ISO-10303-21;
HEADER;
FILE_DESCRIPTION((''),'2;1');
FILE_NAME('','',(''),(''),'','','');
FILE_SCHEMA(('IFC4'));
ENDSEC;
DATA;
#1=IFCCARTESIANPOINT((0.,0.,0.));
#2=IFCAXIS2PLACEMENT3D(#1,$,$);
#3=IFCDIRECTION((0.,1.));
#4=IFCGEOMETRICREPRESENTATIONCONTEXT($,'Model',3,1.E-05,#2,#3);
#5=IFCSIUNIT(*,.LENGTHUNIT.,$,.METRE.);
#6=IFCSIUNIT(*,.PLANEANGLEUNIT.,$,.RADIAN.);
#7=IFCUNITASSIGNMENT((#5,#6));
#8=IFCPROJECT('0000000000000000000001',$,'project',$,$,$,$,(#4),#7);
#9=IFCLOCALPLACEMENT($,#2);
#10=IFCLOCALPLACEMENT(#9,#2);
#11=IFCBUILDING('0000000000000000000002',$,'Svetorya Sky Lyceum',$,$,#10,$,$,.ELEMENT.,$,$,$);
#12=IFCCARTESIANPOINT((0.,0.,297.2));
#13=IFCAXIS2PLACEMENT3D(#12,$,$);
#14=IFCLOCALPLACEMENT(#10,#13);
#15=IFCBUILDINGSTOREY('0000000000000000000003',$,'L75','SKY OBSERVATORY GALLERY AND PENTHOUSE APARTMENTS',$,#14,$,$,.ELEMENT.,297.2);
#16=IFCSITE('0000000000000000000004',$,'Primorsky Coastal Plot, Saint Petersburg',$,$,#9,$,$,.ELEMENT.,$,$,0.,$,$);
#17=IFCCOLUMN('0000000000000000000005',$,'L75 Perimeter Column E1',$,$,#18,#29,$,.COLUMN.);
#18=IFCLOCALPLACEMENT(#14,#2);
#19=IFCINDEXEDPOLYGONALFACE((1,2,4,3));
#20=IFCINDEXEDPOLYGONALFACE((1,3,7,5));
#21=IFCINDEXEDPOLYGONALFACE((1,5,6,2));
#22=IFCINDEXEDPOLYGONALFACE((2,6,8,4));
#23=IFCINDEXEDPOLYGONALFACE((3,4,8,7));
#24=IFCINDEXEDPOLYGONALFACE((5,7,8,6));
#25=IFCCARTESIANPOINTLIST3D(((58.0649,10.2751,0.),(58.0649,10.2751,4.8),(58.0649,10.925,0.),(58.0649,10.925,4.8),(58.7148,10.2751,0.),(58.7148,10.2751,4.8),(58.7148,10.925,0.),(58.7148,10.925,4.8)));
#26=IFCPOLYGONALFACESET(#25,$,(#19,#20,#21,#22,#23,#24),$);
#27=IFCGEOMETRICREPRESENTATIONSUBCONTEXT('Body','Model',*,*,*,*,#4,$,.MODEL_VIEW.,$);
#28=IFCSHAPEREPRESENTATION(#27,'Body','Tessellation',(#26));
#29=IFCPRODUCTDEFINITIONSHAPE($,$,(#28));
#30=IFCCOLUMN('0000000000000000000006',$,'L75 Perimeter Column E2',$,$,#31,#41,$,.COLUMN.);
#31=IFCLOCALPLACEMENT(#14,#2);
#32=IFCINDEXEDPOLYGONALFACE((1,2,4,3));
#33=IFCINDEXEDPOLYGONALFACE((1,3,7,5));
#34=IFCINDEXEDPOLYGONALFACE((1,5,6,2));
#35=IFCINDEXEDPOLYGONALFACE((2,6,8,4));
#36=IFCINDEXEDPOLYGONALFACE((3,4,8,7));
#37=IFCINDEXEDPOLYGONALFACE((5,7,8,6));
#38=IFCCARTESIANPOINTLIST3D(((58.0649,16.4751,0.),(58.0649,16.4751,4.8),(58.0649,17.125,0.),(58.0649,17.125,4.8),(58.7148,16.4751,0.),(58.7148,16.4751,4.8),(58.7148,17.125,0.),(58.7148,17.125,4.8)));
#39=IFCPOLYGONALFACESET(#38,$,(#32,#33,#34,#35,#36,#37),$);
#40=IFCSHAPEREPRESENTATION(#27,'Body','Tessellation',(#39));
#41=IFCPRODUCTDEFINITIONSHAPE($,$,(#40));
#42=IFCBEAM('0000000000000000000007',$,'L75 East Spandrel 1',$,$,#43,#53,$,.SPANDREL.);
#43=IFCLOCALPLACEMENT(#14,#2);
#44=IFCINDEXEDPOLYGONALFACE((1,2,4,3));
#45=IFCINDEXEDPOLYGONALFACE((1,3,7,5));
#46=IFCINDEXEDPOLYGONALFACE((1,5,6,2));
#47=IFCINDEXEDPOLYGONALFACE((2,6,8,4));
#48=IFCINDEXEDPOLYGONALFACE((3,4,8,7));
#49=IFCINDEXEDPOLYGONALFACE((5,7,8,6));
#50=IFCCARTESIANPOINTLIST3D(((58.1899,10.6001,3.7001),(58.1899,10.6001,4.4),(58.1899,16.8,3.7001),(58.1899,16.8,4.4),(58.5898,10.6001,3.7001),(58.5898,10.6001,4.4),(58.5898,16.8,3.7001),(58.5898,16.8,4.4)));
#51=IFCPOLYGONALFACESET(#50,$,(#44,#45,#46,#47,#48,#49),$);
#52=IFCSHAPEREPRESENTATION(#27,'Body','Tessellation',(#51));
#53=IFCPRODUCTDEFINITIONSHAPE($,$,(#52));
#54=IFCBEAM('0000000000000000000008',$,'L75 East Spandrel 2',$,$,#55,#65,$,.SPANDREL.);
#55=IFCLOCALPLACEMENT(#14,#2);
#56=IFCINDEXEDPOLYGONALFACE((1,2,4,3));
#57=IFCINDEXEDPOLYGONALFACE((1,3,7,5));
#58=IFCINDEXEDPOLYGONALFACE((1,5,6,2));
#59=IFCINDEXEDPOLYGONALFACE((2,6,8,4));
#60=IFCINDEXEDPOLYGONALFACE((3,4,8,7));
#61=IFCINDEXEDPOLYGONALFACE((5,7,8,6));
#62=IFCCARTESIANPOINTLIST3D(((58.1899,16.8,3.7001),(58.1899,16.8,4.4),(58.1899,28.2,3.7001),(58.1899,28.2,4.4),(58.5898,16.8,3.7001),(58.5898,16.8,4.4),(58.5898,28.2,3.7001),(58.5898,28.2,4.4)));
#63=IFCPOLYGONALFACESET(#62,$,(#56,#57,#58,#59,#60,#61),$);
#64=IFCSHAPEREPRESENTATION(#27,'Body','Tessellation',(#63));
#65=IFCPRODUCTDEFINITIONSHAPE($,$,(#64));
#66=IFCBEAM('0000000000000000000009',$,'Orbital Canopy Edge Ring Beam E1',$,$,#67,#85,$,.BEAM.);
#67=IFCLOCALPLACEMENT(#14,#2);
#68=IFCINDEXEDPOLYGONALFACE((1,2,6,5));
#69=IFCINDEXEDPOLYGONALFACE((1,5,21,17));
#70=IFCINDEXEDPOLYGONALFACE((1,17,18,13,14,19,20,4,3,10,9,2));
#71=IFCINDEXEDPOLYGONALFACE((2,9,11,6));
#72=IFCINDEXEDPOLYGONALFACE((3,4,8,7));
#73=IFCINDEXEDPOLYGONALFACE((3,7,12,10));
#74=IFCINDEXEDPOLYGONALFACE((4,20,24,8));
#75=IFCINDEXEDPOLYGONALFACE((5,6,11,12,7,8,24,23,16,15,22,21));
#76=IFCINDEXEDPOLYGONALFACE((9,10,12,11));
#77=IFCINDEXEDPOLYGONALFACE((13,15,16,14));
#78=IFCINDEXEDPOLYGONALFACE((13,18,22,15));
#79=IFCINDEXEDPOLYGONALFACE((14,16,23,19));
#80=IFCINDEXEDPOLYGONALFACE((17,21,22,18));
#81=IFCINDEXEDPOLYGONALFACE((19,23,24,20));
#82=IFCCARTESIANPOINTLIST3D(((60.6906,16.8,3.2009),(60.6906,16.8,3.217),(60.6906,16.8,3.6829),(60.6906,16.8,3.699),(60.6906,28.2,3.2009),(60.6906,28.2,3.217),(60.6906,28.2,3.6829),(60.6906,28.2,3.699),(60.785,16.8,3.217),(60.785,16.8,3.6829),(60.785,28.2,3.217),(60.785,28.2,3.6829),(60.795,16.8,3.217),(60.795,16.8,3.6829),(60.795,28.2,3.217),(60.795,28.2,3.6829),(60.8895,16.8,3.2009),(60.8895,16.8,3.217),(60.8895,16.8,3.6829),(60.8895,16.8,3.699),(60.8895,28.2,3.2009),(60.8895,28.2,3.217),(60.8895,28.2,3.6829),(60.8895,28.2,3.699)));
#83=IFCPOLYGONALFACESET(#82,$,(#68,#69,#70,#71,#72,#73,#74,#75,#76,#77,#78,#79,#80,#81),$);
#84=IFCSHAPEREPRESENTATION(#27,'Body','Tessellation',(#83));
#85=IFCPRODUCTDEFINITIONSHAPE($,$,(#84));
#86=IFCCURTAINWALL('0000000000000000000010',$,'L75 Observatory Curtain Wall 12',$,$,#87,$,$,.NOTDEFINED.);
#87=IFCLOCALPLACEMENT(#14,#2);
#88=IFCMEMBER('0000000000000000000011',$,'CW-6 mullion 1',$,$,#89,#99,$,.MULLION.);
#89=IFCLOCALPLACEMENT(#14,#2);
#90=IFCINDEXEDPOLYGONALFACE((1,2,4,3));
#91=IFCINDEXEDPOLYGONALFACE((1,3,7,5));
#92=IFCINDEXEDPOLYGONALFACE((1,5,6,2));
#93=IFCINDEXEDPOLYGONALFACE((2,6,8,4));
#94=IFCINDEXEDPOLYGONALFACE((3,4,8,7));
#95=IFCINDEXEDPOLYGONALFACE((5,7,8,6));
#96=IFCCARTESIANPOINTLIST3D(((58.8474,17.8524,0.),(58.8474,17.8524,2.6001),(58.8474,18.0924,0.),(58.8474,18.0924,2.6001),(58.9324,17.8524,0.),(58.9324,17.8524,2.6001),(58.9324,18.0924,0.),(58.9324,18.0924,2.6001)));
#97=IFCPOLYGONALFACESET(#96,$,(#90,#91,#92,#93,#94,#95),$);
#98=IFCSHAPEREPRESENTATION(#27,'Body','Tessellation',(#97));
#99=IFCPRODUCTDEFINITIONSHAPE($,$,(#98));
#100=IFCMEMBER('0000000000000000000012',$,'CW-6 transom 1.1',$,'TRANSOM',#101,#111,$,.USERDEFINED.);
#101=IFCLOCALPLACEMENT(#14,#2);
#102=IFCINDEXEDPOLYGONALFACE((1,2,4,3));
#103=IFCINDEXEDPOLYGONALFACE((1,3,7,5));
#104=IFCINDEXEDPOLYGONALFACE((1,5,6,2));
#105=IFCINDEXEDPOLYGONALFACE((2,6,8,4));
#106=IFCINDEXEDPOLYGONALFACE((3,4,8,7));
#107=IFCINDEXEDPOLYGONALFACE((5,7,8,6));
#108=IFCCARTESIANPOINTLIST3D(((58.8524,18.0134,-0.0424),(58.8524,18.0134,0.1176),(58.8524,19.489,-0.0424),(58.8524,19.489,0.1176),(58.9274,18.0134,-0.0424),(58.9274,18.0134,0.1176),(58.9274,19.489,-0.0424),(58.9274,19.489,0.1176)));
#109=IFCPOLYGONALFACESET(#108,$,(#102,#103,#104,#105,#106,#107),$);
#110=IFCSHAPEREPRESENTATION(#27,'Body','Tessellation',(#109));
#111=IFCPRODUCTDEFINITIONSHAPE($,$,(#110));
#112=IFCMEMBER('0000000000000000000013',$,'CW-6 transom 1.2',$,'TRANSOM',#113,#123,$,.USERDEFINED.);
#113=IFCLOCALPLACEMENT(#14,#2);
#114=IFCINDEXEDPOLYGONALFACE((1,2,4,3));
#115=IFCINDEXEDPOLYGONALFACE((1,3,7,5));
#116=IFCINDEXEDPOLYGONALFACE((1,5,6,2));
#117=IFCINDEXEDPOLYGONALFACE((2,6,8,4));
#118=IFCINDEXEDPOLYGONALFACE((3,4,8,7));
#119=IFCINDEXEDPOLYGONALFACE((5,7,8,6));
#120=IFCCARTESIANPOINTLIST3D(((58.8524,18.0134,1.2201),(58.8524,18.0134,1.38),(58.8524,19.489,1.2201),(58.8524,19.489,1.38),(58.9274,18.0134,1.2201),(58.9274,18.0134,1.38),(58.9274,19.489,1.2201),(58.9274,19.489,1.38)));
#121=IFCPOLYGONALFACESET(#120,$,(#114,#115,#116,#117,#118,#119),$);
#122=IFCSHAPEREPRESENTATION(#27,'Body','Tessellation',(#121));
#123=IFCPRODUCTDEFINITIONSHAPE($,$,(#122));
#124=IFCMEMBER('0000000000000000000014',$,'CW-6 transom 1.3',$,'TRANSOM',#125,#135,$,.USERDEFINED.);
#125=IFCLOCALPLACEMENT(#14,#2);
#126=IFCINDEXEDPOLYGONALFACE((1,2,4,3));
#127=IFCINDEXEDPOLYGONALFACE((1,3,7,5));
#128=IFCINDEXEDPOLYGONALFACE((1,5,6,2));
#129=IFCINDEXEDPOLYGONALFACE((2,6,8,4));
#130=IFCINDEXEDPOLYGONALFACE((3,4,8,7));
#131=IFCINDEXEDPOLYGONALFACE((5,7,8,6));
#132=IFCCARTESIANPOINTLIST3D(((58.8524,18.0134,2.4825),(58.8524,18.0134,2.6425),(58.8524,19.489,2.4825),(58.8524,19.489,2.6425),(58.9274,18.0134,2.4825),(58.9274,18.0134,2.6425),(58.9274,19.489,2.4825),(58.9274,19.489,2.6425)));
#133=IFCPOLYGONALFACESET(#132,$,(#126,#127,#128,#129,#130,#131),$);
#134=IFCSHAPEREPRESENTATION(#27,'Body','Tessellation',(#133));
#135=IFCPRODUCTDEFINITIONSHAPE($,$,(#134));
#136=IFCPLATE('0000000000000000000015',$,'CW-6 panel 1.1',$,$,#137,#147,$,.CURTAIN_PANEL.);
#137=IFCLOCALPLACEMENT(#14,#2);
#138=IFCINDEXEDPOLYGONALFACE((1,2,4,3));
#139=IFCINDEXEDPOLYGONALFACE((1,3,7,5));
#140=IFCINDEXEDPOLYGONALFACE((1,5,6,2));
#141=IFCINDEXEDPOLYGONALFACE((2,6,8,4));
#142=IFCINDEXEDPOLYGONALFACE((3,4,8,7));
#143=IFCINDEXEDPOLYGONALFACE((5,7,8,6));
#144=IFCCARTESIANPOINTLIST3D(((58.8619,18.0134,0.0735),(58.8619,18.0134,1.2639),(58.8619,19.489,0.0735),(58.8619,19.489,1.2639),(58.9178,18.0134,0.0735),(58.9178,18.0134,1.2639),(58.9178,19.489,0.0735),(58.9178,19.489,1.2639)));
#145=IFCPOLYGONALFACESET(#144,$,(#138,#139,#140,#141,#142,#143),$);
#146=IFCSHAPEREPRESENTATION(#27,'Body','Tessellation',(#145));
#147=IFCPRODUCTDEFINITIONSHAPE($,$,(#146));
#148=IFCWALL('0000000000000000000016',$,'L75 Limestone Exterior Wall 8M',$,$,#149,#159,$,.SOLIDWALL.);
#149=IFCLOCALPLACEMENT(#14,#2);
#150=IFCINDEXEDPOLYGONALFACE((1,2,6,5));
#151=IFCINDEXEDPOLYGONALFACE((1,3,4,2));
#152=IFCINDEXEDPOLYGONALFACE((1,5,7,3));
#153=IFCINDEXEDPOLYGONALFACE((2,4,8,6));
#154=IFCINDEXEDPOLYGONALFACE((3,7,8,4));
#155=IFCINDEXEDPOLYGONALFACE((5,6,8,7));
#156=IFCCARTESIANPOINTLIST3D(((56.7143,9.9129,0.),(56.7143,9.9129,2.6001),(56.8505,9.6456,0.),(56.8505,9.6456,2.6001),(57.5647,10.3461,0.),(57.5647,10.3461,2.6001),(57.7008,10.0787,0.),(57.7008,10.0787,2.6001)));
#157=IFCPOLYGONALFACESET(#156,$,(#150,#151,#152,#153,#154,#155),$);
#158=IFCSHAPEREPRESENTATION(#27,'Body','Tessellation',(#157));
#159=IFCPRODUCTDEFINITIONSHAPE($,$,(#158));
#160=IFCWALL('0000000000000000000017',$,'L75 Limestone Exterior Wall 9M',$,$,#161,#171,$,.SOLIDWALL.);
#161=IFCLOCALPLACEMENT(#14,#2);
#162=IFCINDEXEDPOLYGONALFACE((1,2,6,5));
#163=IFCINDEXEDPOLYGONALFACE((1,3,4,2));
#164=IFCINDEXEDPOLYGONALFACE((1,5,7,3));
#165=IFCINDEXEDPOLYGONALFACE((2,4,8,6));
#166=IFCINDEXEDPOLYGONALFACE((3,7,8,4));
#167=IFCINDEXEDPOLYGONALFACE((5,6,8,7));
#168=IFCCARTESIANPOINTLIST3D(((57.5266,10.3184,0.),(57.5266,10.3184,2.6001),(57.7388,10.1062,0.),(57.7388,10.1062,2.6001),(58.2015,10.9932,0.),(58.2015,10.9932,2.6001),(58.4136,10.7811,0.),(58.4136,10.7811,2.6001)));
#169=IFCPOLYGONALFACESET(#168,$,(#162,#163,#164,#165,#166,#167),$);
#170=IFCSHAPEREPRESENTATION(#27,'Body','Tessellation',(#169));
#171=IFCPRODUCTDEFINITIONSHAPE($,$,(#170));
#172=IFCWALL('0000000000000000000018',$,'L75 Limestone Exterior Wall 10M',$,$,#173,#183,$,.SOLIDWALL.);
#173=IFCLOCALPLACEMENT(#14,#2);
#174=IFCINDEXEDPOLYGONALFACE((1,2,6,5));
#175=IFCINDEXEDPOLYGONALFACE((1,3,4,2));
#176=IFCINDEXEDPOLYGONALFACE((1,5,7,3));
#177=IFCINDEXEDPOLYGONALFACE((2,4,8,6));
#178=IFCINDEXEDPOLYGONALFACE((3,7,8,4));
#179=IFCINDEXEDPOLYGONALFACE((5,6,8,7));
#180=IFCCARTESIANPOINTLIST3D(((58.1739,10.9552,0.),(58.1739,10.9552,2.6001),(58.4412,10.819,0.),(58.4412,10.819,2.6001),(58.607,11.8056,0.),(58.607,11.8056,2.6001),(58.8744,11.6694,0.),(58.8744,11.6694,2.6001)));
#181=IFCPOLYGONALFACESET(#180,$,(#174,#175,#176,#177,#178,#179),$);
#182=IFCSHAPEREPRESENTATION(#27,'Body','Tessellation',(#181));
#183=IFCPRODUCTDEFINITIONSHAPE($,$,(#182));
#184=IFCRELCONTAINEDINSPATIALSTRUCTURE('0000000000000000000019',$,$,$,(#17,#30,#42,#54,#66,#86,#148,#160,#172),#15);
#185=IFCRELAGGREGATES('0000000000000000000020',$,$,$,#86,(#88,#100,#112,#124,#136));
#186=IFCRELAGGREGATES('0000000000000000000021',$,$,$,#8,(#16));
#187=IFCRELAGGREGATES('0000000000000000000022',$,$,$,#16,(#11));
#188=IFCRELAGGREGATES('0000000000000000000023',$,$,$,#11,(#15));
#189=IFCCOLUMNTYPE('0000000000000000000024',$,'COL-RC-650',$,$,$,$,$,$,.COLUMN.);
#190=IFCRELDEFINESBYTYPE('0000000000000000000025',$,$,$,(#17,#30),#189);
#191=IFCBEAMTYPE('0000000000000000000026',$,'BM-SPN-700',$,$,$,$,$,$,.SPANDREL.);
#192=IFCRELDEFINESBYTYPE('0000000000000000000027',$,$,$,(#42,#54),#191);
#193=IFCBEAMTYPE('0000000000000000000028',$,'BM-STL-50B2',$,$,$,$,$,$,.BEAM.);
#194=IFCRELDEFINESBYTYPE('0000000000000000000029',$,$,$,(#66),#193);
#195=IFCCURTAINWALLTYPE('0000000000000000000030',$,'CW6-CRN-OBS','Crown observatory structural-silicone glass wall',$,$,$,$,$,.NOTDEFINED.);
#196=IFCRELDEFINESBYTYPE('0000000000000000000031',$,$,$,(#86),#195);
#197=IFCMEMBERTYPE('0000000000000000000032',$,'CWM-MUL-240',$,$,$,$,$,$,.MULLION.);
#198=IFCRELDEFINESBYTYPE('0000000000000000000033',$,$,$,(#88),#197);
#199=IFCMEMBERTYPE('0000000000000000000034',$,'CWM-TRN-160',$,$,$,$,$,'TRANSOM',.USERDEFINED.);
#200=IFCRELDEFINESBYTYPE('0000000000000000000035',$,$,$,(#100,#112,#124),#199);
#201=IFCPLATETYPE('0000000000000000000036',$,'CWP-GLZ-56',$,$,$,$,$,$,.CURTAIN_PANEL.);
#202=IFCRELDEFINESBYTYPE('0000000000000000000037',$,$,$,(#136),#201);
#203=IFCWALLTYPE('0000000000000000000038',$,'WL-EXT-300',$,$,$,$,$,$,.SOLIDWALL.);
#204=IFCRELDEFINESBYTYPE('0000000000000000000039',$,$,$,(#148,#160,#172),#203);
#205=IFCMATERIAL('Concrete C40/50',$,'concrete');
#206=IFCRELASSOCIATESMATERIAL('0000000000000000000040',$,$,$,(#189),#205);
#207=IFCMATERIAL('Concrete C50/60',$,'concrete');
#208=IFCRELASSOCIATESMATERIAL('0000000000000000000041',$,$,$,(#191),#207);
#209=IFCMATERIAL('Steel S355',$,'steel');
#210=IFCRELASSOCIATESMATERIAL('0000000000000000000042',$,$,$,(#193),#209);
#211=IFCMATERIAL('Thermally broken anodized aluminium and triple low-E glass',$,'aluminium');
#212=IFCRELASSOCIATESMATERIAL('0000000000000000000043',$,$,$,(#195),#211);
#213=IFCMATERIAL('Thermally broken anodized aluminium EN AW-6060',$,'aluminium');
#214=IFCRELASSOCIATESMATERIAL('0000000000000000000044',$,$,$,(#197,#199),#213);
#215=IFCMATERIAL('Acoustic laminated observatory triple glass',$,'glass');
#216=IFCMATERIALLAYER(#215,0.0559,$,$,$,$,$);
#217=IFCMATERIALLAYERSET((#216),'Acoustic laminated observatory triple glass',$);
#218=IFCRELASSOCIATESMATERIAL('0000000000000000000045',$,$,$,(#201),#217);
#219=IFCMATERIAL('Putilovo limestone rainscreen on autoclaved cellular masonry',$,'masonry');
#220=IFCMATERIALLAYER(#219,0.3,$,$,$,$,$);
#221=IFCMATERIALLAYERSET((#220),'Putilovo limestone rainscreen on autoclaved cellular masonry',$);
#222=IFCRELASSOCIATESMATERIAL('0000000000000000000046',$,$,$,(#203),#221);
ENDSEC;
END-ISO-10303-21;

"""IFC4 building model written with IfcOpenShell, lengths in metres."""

from ifc_helpers import new_model, si_unit, direction, frame, frame_2d, origin, origin_2d, place, context, subcontext, project, spatial, rectangle, i_section, extrude, material, layer, layer_set, material_profile, profile_set, type_object, element, aggregate, save


model = new_model("IFC4")

# Units and contexts
model_context = context("Model", 3, precision=1e-05, world=origin(), true_north=direction((0.0, 1.0)))
body_context = subcontext(model_context, "Body", "Model", "MODEL_VIEW")
ifc_project = project(units=[si_unit("LENGTHUNIT", "METRE"), si_unit("PLANEANGLEUNIT", "RADIAN")], contexts=[model_context])

# Site, building, storey
site_placement = place(None, origin())
site = spatial("IfcSite", under=ifc_project, at=site_placement, Name="Primorsky Coastal Plot, Saint Petersburg", CompositionType="ELEMENT", RefElevation=0.0)
building_placement = place(site_placement, origin())
building = spatial("IfcBuilding", under=site, at=building_placement, Name="Svetorya Sky Lyceum", CompositionType="ELEMENT")
storey_placement = place(building_placement, frame((0.0, 0.0, 297.2)))
storey = spatial("IfcBuildingStorey", under=building, at=storey_placement, Name="L75", Description="SKY OBSERVATORY GALLERY AND PENTHOUSE APARTMENTS", CompositionType="ELEMENT", Elevation=297.2)

# Columns
ifc_material_1 = material(Name="Concrete C40/50", Category="concrete")
ifc_material_profile_1 = material_profile(ifc_material_1, rectangle(XDim=0.6499, YDim=0.6499, at=origin_2d()), Name="RC COL 650x650")
ifc_profile_set_1 = profile_set([ifc_material_profile_1], Name="Concrete C40/50")
column_type = type_object("IfcColumnType", Name="COL-RC-650", PredefinedType="COLUMN", material=ifc_profile_set_1)
for number, where, z_axis, x_axis, name in (
    (1, (58.3899, 10.6001, 0.0), (0.0, 0.0, 1.0), (1.0, 0.0, 0.0), "L75 Perimeter Column E1"),
    (2, (58.3899, 16.8, 0.0), (0.0, 0.0, 1.0), (1.0, 0.0, 0.0), "L75 Perimeter Column E2"),
):
    element("IfcColumn", number, at=place(storey_placement, frame(where, z_axis=z_axis, x_axis=x_axis)), inside=storey, type_object=column_type, Name=name, PredefinedType="COLUMN", context=body_context, shape_type="SweptSolid", body=[
        extrude(rectangle(XDim=0.6499, YDim=0.6499, at=origin_2d()), origin(), (0.0, 0.0, 1.0), 4.8),
    ])

# Beams
ifc_material_2 = material(Name="Concrete C50/60", Category="concrete")
ifc_material_profile_2 = material_profile(ifc_material_2, rectangle(XDim=0.3999, YDim=0.7, at=origin_2d()), Name="RC SPANDREL 400x700")
ifc_profile_set_2 = profile_set([ifc_material_profile_2], Name="Concrete C50/60")
beam_type_1 = type_object("IfcBeamType", Name="BM-SPN-700", PredefinedType="SPANDREL", material=ifc_profile_set_2)
beam_1_placement = place(storey_placement, frame((58.3899, 10.6001, 4.05), z_axis=(0.0, 1.0, 0.0), x_axis=(-1.0, 0.0, 0.0)))
element("IfcBeam", 3, at=beam_1_placement, inside=storey, type_object=beam_type_1, Name="L75 East Spandrel 1", PredefinedType="SPANDREL", context=body_context, shape_type="SweptSolid", body=[
    extrude(rectangle(XDim=0.3999, YDim=0.7, at=origin_2d()), origin(), (0.0, 0.0, 1.0), 6.2),
])
beam_2_placement = place(storey_placement, frame((58.3899, 16.8, 4.05), z_axis=(0.0, 1.0, 0.0), x_axis=(-1.0, 0.0, 0.0)))
element("IfcBeam", 4, at=beam_2_placement, inside=storey, type_object=beam_type_1, Name="L75 East Spandrel 2", PredefinedType="SPANDREL", context=body_context, shape_type="SweptSolid", body=[
    extrude(rectangle(XDim=0.3999, YDim=0.7, at=origin_2d()), origin(), (0.0, 0.0, 1.0), 11.3999),
])
ifc_material_3 = material(Name="Steel S355", Category="steel")
ifc_material_profile_3 = material_profile(ifc_material_3, i_section(OverallWidth=0.199, OverallDepth=0.498, WebThickness=0.01, FlangeThickness=0.0161, at=origin_2d()), Name="GOST 50B2")
ifc_profile_set_3 = profile_set([ifc_material_profile_3], Name="Steel S355")
beam_type_2 = type_object("IfcBeamType", Name="BM-STL-50B2", PredefinedType="BEAM", material=ifc_profile_set_3)
beam_3_placement = place(storey_placement, frame((60.79, 16.8, 3.45), z_axis=(0.0, 1.0, 0.0), x_axis=(-1.0, 0.0, 0.0)))
element("IfcBeam", 5, at=beam_3_placement, inside=storey, type_object=beam_type_2, Name="Orbital Canopy Edge Ring Beam E1", PredefinedType="BEAM", context=body_context, shape_type="SweptSolid", body=[
    extrude(i_section(OverallWidth=0.199, OverallDepth=0.498, WebThickness=0.01, FlangeThickness=0.0161, at=origin_2d()), origin(), (0.0, 0.0, 1.0), 11.3999),
])

# Curtain wall, members, plate
ifc_material_4 = material(Name="Thermally broken anodized aluminium and triple low-E glass", Category="aluminium")
curtain_wall_type = type_object("IfcCurtainWallType", Name="CW6-CRN-OBS", Description="Crown observatory structural-silicone glass wall", PredefinedType="NOTDEFINED", material=ifc_material_4)
curtain_wall_placement = place(storey_placement, origin())
curtain_wall = element("IfcCurtainWall", 6, at=curtain_wall_placement, inside=storey, type_object=curtain_wall_type, Name="L75 Observatory Curtain Wall 12", PredefinedType="NOTDEFINED")
ifc_material_5 = material(Name="Thermally broken anodized aluminium EN AW-6060", Category="aluminium")
ifc_material_profile_4 = material_profile(ifc_material_5, rectangle(XDim=0.085, YDim=0.24, at=origin_2d()), Name="ALU MULLION 85x240")
ifc_profile_set_4 = profile_set([ifc_material_profile_4], Name="Thermally broken anodized aluminium EN AW-6060")
member_type_1 = type_object("IfcMemberType", Name="CWM-MUL-240", PredefinedType="MULLION", material=ifc_profile_set_4)
member_1_placement = place(storey_placement, frame((58.8899, 17.9724, 0.0), z_axis=(0.0, 0.0, 1.0), x_axis=(-1.0, 0.0, 0.0)))
member_1 = element("IfcMember", 7, at=member_1_placement, type_object=member_type_1, Name="CW-6 mullion 1", PredefinedType="MULLION", context=body_context, shape_type="SweptSolid", body=[
    extrude(rectangle(XDim=0.085, YDim=0.24, at=origin_2d()), origin(), (0.0, 0.0, 1.0), 2.6001),
])
ifc_material_profile_5 = material_profile(ifc_material_5, rectangle(XDim=0.075, YDim=0.1599, at=origin_2d()), Name="ALU TRANSOM 75x160")
ifc_profile_set_5 = profile_set([ifc_material_profile_5], Name="Thermally broken anodized aluminium EN AW-6060")
member_type_2 = type_object("IfcMemberType", Name="CWM-TRN-160", ElementType="TRANSOM", PredefinedType="USERDEFINED", material=ifc_profile_set_5)
member_2_placement = place(storey_placement, frame((58.8899, 18.0134, 0.0376), z_axis=(0.0, 1.0, 0.0), x_axis=(-1.0, 0.0, 0.0)))
member_2 = element("IfcMember", 8, at=member_2_placement, type_object=member_type_2, Name="CW-6 transom 1.1", ObjectType="TRANSOM", PredefinedType="USERDEFINED", context=body_context, shape_type="SweptSolid", body=[
    extrude(rectangle(XDim=0.075, YDim=0.1599, at=origin_2d()), origin(), (0.0, 0.0, 1.0), 1.4756),
])
member_3_placement = place(storey_placement, frame((58.8899, 18.0134, 1.3), z_axis=(0.0, 1.0, 0.0), x_axis=(-1.0, 0.0, 0.0)))
member_3 = element("IfcMember", 9, at=member_3_placement, type_object=member_type_2, Name="CW-6 transom 1.2", ObjectType="TRANSOM", PredefinedType="USERDEFINED", context=body_context, shape_type="SweptSolid", body=[
    extrude(rectangle(XDim=0.075, YDim=0.1599, at=origin_2d()), origin(), (0.0, 0.0, 1.0), 1.4756),
])
member_4_placement = place(storey_placement, frame((58.8899, 18.0134, 2.5625), z_axis=(0.0, 1.0, 0.0), x_axis=(-1.0, 0.0, 0.0)))
member_4 = element("IfcMember", 10, at=member_4_placement, type_object=member_type_2, Name="CW-6 transom 1.3", ObjectType="TRANSOM", PredefinedType="USERDEFINED", context=body_context, shape_type="SweptSolid", body=[
    extrude(rectangle(XDim=0.075, YDim=0.1599, at=origin_2d()), origin(), (0.0, 0.0, 1.0), 1.4756),
])
ifc_material_6 = material(Name="Acoustic laminated observatory triple glass", Category="glass")
ifc_layer_1 = layer(ifc_material_6, 0.0559)
ifc_layer_set_1 = layer_set([ifc_layer_1], Name="Acoustic laminated observatory triple glass")
plate_type = type_object("IfcPlateType", Name="CWP-GLZ-56", PredefinedType="CURTAIN_PANEL", material=ifc_layer_set_1)
plate_placement = place(storey_placement, frame((58.8899, 18.7512, 0.0735), z_axis=(0.0, 0.0, 1.0), x_axis=(0.0, 1.0, 0.0)))
plate = element("IfcPlate", 11, at=plate_placement, type_object=plate_type, Name="CW-6 panel 1.1", PredefinedType="CURTAIN_PANEL", context=body_context, shape_type="SweptSolid", body=[
    extrude(rectangle(XDim=1.4756, YDim=0.0559, at=origin_2d()), origin(), (0.0, 0.0, 1.0), 1.1904),
])
aggregate(curtain_wall, [member_1, member_2, member_3, member_4, plate])

# Walls
ifc_material_7 = material(Name="Putilovo limestone rainscreen on autoclaved cellular masonry", Category="masonry")
ifc_layer_2 = layer(ifc_material_7, 0.3)
ifc_layer_set_2 = layer_set([ifc_layer_2], Name="Putilovo limestone rainscreen on autoclaved cellular masonry")
wall_type_1 = type_object("IfcWallType", Name="WL-EXT-300", PredefinedType="SOLIDWALL", material=ifc_layer_set_2)
for number, where, z_axis, x_axis, name in (
    (12, (56.7825, 9.7793, 0.0), (0.0, 0.0, 1.0), (0.891077, 0.453853, 0.0), "L75 Limestone Exterior Wall 8M"),
    (13, (57.6328, 10.2124, 0.0), (0.0, 0.0, 1.0), (0.707107, 0.707107, 0.0), "L75 Limestone Exterior Wall 9M"),
    (14, (58.3076, 10.8872, 0.0), (0.0, 0.0, 1.0), (0.453853, 0.891077, 0.0), "L75 Limestone Exterior Wall 10M"),
):
    element("IfcWall", number, at=place(storey_placement, frame(where, z_axis=z_axis, x_axis=x_axis)), inside=storey, type_object=wall_type_1, Name=name, PredefinedType="SOLIDWALL", context=body_context, shape_type="SweptSolid", body=[
        extrude(rectangle(XDim=0.9543, YDim=0.3, at=frame_2d((0.4771, 0.0))), origin(), (0.0, 0.0, 1.0), 2.6001),
    ])

save(model, "model.ifc")
